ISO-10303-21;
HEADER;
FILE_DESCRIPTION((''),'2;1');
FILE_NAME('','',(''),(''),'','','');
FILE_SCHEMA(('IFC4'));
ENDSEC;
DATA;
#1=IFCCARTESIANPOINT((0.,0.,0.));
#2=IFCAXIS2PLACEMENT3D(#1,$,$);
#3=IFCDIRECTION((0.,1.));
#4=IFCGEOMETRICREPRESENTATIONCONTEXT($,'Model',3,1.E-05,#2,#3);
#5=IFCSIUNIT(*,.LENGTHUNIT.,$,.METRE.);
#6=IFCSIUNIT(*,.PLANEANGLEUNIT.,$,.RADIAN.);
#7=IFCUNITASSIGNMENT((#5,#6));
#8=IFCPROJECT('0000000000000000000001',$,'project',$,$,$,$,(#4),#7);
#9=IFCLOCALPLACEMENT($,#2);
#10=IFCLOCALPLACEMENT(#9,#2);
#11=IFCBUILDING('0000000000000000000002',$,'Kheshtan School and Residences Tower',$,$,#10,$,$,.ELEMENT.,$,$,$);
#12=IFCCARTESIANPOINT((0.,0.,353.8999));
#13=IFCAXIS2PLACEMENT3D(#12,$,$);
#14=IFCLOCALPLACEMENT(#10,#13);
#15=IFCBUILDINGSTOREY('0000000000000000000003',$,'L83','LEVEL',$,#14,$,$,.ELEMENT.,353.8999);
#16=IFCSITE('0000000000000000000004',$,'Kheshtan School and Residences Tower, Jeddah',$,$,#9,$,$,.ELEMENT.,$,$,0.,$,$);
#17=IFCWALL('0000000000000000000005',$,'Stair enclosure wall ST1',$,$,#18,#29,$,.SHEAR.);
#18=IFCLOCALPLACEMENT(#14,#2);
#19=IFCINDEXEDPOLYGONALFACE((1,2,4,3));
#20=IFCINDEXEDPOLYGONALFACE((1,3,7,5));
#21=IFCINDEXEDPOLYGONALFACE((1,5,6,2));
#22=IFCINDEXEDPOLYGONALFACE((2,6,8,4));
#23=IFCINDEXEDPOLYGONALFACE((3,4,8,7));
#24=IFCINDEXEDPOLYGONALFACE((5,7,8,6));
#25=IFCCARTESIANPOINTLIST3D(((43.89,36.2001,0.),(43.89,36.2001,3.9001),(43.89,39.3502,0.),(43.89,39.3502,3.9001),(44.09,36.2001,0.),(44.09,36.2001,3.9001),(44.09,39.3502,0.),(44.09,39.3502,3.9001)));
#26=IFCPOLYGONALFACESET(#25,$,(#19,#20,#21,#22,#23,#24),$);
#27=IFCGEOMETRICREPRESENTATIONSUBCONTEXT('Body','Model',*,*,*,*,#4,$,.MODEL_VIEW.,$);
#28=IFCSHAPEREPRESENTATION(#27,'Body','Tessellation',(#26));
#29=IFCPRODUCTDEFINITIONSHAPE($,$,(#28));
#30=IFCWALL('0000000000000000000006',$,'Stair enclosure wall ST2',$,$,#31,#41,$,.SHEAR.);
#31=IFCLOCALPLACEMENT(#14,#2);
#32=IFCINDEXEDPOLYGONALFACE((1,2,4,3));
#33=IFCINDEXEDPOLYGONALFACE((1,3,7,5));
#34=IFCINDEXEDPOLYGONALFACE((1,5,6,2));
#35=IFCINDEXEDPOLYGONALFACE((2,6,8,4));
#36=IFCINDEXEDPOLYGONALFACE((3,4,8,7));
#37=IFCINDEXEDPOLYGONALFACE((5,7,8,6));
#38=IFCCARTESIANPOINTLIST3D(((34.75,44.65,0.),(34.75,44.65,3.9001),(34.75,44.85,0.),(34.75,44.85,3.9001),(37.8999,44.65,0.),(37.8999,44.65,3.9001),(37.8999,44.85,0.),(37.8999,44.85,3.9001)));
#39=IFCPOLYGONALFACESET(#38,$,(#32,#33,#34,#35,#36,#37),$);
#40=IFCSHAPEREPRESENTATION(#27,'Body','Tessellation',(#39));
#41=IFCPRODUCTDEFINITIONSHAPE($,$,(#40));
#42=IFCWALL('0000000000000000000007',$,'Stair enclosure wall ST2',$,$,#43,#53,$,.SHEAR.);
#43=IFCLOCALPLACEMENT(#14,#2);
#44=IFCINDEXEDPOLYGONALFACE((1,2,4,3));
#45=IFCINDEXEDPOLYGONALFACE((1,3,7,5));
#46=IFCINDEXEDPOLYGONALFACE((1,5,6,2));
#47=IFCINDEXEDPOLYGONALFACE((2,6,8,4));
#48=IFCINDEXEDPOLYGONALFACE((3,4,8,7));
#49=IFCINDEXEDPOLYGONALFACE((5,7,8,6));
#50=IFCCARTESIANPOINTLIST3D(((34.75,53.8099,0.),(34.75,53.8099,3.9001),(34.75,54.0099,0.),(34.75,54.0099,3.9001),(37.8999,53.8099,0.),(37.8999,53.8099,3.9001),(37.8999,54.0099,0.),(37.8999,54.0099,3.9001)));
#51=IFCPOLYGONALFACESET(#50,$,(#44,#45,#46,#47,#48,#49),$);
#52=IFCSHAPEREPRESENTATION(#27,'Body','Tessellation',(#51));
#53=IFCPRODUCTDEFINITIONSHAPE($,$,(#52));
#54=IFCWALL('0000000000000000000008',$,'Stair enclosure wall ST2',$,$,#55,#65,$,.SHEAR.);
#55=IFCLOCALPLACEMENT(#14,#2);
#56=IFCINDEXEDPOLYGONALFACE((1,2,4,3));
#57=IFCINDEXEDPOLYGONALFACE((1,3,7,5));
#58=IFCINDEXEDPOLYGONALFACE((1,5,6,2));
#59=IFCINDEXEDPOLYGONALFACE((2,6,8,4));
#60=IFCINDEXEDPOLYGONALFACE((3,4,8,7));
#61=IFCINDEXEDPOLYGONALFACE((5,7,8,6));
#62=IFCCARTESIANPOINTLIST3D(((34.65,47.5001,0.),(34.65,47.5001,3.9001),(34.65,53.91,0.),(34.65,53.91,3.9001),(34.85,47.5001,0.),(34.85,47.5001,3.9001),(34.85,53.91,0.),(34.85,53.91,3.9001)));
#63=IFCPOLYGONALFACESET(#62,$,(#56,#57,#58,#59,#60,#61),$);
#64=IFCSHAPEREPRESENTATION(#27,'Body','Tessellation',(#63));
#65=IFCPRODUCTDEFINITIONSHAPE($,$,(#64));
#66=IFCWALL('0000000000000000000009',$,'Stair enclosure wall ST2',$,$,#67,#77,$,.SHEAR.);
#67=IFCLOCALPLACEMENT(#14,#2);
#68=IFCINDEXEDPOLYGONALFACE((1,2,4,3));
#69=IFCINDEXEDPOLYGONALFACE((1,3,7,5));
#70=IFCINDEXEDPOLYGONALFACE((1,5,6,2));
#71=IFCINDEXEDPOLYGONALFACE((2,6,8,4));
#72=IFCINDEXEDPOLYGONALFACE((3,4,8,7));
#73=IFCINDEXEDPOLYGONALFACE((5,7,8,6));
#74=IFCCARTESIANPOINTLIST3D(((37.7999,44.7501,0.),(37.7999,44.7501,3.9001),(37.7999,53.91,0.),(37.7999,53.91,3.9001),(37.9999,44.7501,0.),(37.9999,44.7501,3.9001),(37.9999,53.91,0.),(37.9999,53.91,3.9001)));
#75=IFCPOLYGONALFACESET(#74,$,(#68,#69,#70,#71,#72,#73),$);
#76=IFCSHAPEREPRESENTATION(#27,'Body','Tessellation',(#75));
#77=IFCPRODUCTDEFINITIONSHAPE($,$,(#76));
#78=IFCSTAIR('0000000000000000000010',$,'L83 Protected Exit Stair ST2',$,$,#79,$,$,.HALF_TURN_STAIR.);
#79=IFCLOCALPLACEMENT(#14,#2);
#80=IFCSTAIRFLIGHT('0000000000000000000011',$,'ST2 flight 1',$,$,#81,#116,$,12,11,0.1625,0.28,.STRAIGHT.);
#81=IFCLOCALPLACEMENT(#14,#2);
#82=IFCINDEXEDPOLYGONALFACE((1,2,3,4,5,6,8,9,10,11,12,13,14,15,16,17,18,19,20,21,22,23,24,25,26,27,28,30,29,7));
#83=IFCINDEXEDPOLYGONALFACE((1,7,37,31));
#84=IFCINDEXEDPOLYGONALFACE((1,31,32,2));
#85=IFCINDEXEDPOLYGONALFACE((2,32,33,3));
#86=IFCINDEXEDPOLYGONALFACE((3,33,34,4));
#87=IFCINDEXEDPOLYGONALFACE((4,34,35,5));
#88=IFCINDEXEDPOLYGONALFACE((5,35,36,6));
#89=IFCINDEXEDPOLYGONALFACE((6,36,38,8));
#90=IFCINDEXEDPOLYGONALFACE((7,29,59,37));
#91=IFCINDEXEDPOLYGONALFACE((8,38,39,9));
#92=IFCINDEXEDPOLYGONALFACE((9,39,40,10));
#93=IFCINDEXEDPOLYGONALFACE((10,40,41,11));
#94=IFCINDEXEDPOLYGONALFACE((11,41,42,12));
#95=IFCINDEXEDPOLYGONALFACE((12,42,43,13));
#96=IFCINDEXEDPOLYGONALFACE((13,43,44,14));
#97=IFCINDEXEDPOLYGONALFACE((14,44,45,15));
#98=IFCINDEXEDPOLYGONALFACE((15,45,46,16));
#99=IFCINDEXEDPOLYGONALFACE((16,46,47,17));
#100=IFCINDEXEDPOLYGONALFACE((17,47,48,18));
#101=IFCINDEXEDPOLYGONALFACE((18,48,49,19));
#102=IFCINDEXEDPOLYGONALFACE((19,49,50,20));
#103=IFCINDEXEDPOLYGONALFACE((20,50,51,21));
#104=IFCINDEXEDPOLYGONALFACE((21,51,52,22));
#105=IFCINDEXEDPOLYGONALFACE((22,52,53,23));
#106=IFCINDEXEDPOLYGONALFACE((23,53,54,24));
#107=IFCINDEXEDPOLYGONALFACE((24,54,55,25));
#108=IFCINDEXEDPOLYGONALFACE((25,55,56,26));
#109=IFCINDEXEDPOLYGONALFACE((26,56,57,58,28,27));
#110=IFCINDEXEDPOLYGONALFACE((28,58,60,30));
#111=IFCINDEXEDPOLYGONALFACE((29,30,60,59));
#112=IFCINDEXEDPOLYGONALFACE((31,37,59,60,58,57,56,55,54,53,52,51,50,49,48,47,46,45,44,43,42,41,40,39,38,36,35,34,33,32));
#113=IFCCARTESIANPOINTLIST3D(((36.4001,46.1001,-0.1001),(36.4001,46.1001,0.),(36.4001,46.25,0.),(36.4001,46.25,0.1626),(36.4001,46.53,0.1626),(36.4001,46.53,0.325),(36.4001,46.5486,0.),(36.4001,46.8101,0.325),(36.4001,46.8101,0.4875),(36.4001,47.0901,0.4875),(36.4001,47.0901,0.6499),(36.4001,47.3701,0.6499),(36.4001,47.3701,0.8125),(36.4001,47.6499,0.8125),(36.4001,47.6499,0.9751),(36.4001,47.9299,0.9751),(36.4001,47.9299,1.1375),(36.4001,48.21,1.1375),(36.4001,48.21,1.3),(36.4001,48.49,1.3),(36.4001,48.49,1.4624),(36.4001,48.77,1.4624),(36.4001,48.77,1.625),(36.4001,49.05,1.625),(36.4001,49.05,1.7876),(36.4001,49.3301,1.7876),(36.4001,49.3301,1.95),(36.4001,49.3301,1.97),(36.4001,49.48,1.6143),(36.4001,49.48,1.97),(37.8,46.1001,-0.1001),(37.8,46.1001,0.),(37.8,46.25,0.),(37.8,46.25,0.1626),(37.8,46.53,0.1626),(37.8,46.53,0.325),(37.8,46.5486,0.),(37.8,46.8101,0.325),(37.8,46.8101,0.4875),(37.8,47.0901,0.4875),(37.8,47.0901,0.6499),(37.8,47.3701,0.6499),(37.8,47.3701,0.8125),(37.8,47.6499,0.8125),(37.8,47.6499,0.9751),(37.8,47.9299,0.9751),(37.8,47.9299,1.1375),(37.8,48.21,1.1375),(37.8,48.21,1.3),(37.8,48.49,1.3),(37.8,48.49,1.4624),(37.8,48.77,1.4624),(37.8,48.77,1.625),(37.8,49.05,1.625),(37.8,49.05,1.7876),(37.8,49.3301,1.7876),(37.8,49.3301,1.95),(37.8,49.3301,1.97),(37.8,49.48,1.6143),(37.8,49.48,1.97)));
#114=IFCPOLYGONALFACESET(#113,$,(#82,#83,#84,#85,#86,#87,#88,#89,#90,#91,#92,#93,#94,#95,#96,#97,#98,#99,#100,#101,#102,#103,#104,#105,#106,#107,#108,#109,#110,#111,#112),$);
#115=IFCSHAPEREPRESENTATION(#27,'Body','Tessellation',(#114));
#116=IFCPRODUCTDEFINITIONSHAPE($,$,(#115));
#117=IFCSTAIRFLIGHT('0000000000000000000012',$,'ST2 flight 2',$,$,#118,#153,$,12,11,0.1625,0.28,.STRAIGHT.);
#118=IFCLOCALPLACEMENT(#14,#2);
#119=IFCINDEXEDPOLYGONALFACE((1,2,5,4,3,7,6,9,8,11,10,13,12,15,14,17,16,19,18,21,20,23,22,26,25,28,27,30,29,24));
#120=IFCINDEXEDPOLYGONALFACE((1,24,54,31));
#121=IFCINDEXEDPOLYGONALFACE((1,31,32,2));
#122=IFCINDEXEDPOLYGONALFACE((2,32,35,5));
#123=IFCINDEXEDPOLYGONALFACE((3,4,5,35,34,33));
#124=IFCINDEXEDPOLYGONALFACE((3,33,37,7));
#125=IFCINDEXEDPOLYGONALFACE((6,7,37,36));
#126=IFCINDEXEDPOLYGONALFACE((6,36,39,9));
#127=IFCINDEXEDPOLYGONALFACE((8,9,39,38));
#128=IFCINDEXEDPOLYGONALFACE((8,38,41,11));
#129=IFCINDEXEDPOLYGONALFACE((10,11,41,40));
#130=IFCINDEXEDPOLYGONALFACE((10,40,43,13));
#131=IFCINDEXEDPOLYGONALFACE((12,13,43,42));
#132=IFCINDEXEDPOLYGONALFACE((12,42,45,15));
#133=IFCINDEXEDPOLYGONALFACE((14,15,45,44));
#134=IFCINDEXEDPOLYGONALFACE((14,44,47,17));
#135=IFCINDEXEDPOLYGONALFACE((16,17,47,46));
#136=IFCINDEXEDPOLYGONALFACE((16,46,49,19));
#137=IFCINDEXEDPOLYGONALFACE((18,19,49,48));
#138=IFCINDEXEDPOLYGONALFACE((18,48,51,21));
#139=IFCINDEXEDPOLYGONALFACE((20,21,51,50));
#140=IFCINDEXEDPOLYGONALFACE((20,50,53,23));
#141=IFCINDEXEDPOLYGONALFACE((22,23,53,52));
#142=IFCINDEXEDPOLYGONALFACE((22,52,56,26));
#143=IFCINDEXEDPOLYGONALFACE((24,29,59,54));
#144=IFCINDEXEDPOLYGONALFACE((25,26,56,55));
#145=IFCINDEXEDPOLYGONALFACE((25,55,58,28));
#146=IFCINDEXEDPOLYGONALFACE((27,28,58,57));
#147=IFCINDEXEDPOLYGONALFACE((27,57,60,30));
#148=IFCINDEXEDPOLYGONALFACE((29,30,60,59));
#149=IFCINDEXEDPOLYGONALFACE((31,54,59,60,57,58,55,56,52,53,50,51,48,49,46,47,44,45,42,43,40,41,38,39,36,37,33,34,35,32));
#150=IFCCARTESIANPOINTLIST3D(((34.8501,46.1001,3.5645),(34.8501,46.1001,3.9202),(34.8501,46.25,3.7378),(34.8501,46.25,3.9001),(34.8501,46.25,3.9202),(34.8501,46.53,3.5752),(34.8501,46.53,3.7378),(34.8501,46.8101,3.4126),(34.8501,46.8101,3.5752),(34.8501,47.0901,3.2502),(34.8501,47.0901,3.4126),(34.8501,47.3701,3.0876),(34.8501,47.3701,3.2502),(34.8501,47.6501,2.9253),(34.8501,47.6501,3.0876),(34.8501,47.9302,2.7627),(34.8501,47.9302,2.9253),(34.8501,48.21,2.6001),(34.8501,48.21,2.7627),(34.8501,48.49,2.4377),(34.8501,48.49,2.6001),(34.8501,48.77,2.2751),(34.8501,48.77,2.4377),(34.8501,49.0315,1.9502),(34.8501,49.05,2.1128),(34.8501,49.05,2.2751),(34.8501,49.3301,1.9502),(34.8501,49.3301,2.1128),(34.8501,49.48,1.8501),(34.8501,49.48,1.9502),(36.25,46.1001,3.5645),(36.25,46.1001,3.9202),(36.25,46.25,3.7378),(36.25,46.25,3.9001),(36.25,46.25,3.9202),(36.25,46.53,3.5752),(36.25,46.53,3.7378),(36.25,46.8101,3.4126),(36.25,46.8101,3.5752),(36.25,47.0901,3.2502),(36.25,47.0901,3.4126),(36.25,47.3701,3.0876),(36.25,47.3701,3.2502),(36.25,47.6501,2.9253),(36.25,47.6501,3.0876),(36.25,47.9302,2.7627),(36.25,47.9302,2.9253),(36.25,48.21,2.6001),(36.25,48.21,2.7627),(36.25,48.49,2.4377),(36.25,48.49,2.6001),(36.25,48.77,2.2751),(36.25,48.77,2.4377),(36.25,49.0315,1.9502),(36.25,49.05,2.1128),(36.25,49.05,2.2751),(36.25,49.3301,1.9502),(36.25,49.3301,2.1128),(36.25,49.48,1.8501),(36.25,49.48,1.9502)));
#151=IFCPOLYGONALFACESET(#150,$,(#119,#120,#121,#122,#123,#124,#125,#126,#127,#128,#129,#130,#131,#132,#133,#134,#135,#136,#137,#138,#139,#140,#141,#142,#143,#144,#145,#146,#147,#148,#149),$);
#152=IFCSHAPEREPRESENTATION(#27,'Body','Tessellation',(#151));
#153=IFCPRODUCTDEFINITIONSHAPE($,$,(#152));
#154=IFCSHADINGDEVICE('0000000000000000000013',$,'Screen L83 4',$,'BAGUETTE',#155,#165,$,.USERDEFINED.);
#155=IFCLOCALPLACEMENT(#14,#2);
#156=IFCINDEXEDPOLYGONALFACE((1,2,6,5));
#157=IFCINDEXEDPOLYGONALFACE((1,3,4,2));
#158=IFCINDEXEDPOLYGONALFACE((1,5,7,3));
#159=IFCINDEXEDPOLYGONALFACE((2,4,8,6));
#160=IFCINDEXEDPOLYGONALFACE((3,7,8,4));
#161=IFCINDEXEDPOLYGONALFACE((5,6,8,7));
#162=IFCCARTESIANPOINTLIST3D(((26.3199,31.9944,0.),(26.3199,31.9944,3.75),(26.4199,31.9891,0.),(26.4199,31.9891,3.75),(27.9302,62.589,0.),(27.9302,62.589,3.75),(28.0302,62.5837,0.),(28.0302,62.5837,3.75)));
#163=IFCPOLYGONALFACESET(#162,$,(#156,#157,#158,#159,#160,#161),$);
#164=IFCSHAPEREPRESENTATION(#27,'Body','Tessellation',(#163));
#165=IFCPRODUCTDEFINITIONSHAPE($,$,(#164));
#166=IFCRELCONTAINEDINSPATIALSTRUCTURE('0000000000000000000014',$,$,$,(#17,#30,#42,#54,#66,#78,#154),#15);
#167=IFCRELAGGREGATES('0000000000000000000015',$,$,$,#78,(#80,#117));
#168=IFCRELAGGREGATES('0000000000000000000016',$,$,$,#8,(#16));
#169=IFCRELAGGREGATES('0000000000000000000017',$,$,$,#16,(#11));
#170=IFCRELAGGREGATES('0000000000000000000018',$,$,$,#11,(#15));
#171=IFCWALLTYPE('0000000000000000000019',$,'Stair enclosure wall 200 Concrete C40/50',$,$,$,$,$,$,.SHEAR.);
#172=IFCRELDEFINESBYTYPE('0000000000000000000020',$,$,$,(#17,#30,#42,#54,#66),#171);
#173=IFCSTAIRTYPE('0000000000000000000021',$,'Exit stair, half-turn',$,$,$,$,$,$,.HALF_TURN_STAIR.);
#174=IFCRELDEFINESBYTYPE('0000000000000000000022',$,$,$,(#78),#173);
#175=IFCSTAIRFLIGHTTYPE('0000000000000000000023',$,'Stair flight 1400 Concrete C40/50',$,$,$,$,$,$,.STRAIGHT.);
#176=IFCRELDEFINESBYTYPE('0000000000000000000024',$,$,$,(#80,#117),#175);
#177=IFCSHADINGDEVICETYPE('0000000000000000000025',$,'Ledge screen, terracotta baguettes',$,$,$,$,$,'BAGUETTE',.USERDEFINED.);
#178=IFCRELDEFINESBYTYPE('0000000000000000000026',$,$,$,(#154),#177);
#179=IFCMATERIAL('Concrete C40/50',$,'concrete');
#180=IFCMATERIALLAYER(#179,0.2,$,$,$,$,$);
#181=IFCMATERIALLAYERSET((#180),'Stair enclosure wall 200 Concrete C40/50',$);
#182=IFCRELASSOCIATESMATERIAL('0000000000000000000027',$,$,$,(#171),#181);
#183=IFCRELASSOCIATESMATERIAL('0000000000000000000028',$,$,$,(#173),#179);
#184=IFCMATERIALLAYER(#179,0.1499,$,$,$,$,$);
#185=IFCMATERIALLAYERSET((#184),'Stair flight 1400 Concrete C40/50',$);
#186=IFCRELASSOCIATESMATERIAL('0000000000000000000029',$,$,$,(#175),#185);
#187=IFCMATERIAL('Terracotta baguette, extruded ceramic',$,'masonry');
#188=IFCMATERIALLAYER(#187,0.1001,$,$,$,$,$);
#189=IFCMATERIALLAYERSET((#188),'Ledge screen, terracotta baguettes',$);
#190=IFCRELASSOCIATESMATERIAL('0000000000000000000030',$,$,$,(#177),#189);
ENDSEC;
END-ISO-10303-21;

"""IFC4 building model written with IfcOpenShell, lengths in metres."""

from ifc_helpers import new_model, si_unit, direction, frame, frame_2d, origin, origin_2d, place, context, subcontext, project, spatial, polyline, rectangle, outline, extrude, material, layer, layer_set, type_object, element, aggregate, save


model = new_model("IFC4")

# Units and contexts
model_context = context("Model", 3, precision=1e-05, world=origin(), true_north=direction((0.0, 1.0)))
body_context = subcontext(model_context, "Body", "Model", "MODEL_VIEW")
ifc_project = project(units=[si_unit("LENGTHUNIT", "METRE"), si_unit("PLANEANGLEUNIT", "RADIAN")], contexts=[model_context])

# Site, building, storey
site_placement = place(None, origin())
site = spatial("IfcSite", under=ifc_project, at=site_placement, Name="Kheshtan School and Residences Tower, Jeddah", CompositionType="ELEMENT", RefElevation=0.0)
building_placement = place(site_placement, origin())
building = spatial("IfcBuilding", under=site, at=building_placement, Name="Kheshtan School and Residences Tower", CompositionType="ELEMENT")
storey_placement = place(building_placement, frame((0.0, 0.0, 353.8999)))
storey = spatial("IfcBuildingStorey", under=building, at=storey_placement, Name="L83", Description="LEVEL", CompositionType="ELEMENT", Elevation=353.8999)

# Walls
ifc_material_1 = material(Name="Concrete C40/50", Category="concrete")
ifc_layer_1 = layer(ifc_material_1, 0.2)
ifc_layer_set_1 = layer_set([ifc_layer_1], Name="Stair enclosure wall 200 Concrete C40/50")
wall_type_1 = type_object("IfcWallType", Name="Stair enclosure wall 200 Concrete C40/50", PredefinedType="SHEAR", material=ifc_layer_set_1)
wall_1_placement = place(storey_placement, frame((43.99, 36.2, 0.0), z_axis=(0.0, 0.0, 1.0), x_axis=(0.0, 1.0, 0.0)))
element("IfcWall", 1, at=wall_1_placement, inside=storey, type_object=wall_type_1, Name="Stair enclosure wall ST1", PredefinedType="SHEAR", context=body_context, shape_type="SweptSolid", body=[
    extrude(rectangle(XDim=3.1501, YDim=0.2, at=frame_2d((1.5752, 0.0))), origin(), (0.0, 0.0, 1.0), 3.9001),
])
for number, where, z_axis, x_axis, name in (
    (2, (34.75, 44.75, 0.0), (0.0, 0.0, 1.0), (1.0, 0.0, 0.0), "Stair enclosure wall ST2"),
    (3, (34.75, 53.9099, 0.0), (0.0, 0.0, 1.0), (1.0, 0.0, 0.0), "Stair enclosure wall ST2"),
):
    element("IfcWall", number, at=place(storey_placement, frame(where, z_axis=z_axis, x_axis=x_axis)), inside=storey, type_object=wall_type_1, Name=name, PredefinedType="SHEAR", context=body_context, shape_type="SweptSolid", body=[
        extrude(rectangle(XDim=3.1499, YDim=0.2, at=frame_2d((1.575, 0.0))), origin(), (0.0, 0.0, 1.0), 3.9001),
    ])
wall_2_placement = place(storey_placement, frame((34.75, 47.5, 0.0), z_axis=(0.0, 0.0, 1.0), x_axis=(0.0, 1.0, 0.0)))
element("IfcWall", 4, at=wall_2_placement, inside=storey, type_object=wall_type_1, Name="Stair enclosure wall ST2", PredefinedType="SHEAR", context=body_context, shape_type="SweptSolid", body=[
    extrude(rectangle(XDim=6.4099, YDim=0.2, at=frame_2d((3.2051, 0.0))), origin(), (0.0, 0.0, 1.0), 3.9001),
])
wall_3_placement = place(storey_placement, frame((37.8999, 44.75, 0.0), z_axis=(0.0, 0.0, 1.0), x_axis=(0.0, 1.0, 0.0)))
element("IfcWall", 5, at=wall_3_placement, inside=storey, type_object=wall_type_1, Name="Stair enclosure wall ST2", PredefinedType="SHEAR", context=body_context, shape_type="SweptSolid", body=[
    extrude(rectangle(XDim=9.1599, YDim=0.2, at=frame_2d((4.5801, 0.0))), origin(), (0.0, 0.0, 1.0), 3.9001),
])

# Stair, stair flights
stair_type = type_object("IfcStairType", Name="Exit stair, half-turn", PredefinedType="HALF_TURN_STAIR", material=ifc_material_1)
stair_placement = place(storey_placement, origin())
stair = element("IfcStair", 6, at=stair_placement, inside=storey, type_object=stair_type, Name="L83 Protected Exit Stair ST2", PredefinedType="HALF_TURN_STAIR")
ifc_layer_2 = layer(ifc_material_1, 0.1499)
ifc_layer_set_2 = layer_set([ifc_layer_2], Name="Stair flight 1400 Concrete C40/50")
stair_flight_type = type_object("IfcStairFlightType", Name="Stair flight 1400 Concrete C40/50", PredefinedType="STRAIGHT", material=ifc_layer_set_2)
stair_flight_1_placement = place(storey_placement, frame((37.1001, 46.25, 0.0), z_axis=(0.0, 0.0, 1.0), x_axis=(0.0, 1.0, 0.0)))
stair_flight_1 = element("IfcStairFlight", 7, at=stair_flight_1_placement, type_object=stair_flight_type, Name="ST2 flight 1", NumberOfRisers=12, NumberOfTreads=11, PredefinedType="STRAIGHT", RiserHeight=0.1625, TreadLength=0.28, context=body_context, shape_type="SweptSolid", body=[
    extrude(outline(polyline([(-0.1499, -0.1001), (-0.1499, 0.0), (0.0, 0.0), (0.0, 0.1626), (0.28, 0.1626), (0.28, 0.325), (0.5601, 0.325), (0.5601, 0.4875), (0.8401, 0.4875), (0.8401, 0.6499), (1.1201, 0.6499), (1.1201, 0.8125), (1.3999, 0.8125), (1.3999, 0.9751), (1.6799, 0.9751), (1.6799, 1.1375), (1.96, 1.1375), (1.96, 1.3), (2.24, 1.3), (2.24, 1.4624), (2.52, 1.4624), (2.52, 1.625), (2.8, 1.625), (2.8, 1.7876), (3.0801, 1.7876), (3.0801, 1.95), (3.0801, 1.97), (3.23, 1.97), (3.23, 1.6143), (0.2986, 0.0), (-0.1499, -0.1001)])), frame((0.0, 0.7, 0.0), z_axis=(0.0, -1.0, 0.0), x_axis=(1.0, 0.0, 0.0)), (0.0, 0.0, 1.0), 1.3999),
])
stair_flight_2_placement = place(storey_placement, frame((35.55, 49.3301, 1.9502), z_axis=(0.0, 0.0, 1.0), x_axis=(0.0, -1.0, 0.0)))
stair_flight_2 = element("IfcStairFlight", 8, at=stair_flight_2_placement, type_object=stair_flight_type, Name="ST2 flight 2", NumberOfRisers=12, NumberOfTreads=11, PredefinedType="STRAIGHT", RiserHeight=0.1625, TreadLength=0.28, context=body_context, shape_type="SweptSolid", body=[
    extrude(outline(polyline([(-0.1499, -0.1001), (-0.1499, 0.0), (0.0, 0.0), (0.0, 0.1626), (0.28, 0.1626), (0.28, 0.325), (0.5601, 0.325), (0.5601, 0.4875), (0.8401, 0.4875), (0.8401, 0.6499), (1.1201, 0.6499), (1.1201, 0.8125), (1.3999, 0.8125), (1.3999, 0.9751), (1.6799, 0.9751), (1.6799, 1.1375), (1.96, 1.1375), (1.96, 1.3), (2.24, 1.3), (2.24, 1.4624), (2.52, 1.4624), (2.52, 1.625), (2.8, 1.625), (2.8, 1.7876), (3.0801, 1.7876), (3.0801, 1.95), (3.0801, 1.97), (3.23, 1.97), (3.23, 1.6143), (0.2986, 0.0), (-0.1499, -0.1001)])), frame((0.0, 0.7, 0.0), z_axis=(0.0, -1.0, 0.0), x_axis=(1.0, 0.0, 0.0)), (0.0, 0.0, 1.0), 1.3999),
])
aggregate(stair, [stair_flight_1, stair_flight_2])

# Shading device
ifc_material_2 = material(Name="Terracotta baguette, extruded ceramic", Category="masonry")
ifc_layer_3 = layer(ifc_material_2, 0.1001)
ifc_layer_set_3 = layer_set([ifc_layer_3], Name="Ledge screen, terracotta baguettes")
shading_device_type = type_object("IfcShadingDeviceType", Name="Ledge screen, terracotta baguettes", ElementType="BAGUETTE", PredefinedType="USERDEFINED", material=ifc_layer_set_3)
shading_device_placement = place(storey_placement, frame((27.175, 47.2891, 0.0), z_axis=(0.0, 0.0, 1.0), x_axis=(0.052563, 0.998618, 0.0)))
element("IfcShadingDevice", 9, at=shading_device_placement, inside=storey, type_object=shading_device_type, Name="Screen L83 4", ObjectType="BAGUETTE", PredefinedType="USERDEFINED", context=body_context, shape_type="SweptSolid", body=[
    extrude(rectangle(XDim=30.637, YDim=0.1001, at=origin_2d()), origin(), (0.0, 0.0, 1.0), 3.75),
])

save(model, "model.ifc")
